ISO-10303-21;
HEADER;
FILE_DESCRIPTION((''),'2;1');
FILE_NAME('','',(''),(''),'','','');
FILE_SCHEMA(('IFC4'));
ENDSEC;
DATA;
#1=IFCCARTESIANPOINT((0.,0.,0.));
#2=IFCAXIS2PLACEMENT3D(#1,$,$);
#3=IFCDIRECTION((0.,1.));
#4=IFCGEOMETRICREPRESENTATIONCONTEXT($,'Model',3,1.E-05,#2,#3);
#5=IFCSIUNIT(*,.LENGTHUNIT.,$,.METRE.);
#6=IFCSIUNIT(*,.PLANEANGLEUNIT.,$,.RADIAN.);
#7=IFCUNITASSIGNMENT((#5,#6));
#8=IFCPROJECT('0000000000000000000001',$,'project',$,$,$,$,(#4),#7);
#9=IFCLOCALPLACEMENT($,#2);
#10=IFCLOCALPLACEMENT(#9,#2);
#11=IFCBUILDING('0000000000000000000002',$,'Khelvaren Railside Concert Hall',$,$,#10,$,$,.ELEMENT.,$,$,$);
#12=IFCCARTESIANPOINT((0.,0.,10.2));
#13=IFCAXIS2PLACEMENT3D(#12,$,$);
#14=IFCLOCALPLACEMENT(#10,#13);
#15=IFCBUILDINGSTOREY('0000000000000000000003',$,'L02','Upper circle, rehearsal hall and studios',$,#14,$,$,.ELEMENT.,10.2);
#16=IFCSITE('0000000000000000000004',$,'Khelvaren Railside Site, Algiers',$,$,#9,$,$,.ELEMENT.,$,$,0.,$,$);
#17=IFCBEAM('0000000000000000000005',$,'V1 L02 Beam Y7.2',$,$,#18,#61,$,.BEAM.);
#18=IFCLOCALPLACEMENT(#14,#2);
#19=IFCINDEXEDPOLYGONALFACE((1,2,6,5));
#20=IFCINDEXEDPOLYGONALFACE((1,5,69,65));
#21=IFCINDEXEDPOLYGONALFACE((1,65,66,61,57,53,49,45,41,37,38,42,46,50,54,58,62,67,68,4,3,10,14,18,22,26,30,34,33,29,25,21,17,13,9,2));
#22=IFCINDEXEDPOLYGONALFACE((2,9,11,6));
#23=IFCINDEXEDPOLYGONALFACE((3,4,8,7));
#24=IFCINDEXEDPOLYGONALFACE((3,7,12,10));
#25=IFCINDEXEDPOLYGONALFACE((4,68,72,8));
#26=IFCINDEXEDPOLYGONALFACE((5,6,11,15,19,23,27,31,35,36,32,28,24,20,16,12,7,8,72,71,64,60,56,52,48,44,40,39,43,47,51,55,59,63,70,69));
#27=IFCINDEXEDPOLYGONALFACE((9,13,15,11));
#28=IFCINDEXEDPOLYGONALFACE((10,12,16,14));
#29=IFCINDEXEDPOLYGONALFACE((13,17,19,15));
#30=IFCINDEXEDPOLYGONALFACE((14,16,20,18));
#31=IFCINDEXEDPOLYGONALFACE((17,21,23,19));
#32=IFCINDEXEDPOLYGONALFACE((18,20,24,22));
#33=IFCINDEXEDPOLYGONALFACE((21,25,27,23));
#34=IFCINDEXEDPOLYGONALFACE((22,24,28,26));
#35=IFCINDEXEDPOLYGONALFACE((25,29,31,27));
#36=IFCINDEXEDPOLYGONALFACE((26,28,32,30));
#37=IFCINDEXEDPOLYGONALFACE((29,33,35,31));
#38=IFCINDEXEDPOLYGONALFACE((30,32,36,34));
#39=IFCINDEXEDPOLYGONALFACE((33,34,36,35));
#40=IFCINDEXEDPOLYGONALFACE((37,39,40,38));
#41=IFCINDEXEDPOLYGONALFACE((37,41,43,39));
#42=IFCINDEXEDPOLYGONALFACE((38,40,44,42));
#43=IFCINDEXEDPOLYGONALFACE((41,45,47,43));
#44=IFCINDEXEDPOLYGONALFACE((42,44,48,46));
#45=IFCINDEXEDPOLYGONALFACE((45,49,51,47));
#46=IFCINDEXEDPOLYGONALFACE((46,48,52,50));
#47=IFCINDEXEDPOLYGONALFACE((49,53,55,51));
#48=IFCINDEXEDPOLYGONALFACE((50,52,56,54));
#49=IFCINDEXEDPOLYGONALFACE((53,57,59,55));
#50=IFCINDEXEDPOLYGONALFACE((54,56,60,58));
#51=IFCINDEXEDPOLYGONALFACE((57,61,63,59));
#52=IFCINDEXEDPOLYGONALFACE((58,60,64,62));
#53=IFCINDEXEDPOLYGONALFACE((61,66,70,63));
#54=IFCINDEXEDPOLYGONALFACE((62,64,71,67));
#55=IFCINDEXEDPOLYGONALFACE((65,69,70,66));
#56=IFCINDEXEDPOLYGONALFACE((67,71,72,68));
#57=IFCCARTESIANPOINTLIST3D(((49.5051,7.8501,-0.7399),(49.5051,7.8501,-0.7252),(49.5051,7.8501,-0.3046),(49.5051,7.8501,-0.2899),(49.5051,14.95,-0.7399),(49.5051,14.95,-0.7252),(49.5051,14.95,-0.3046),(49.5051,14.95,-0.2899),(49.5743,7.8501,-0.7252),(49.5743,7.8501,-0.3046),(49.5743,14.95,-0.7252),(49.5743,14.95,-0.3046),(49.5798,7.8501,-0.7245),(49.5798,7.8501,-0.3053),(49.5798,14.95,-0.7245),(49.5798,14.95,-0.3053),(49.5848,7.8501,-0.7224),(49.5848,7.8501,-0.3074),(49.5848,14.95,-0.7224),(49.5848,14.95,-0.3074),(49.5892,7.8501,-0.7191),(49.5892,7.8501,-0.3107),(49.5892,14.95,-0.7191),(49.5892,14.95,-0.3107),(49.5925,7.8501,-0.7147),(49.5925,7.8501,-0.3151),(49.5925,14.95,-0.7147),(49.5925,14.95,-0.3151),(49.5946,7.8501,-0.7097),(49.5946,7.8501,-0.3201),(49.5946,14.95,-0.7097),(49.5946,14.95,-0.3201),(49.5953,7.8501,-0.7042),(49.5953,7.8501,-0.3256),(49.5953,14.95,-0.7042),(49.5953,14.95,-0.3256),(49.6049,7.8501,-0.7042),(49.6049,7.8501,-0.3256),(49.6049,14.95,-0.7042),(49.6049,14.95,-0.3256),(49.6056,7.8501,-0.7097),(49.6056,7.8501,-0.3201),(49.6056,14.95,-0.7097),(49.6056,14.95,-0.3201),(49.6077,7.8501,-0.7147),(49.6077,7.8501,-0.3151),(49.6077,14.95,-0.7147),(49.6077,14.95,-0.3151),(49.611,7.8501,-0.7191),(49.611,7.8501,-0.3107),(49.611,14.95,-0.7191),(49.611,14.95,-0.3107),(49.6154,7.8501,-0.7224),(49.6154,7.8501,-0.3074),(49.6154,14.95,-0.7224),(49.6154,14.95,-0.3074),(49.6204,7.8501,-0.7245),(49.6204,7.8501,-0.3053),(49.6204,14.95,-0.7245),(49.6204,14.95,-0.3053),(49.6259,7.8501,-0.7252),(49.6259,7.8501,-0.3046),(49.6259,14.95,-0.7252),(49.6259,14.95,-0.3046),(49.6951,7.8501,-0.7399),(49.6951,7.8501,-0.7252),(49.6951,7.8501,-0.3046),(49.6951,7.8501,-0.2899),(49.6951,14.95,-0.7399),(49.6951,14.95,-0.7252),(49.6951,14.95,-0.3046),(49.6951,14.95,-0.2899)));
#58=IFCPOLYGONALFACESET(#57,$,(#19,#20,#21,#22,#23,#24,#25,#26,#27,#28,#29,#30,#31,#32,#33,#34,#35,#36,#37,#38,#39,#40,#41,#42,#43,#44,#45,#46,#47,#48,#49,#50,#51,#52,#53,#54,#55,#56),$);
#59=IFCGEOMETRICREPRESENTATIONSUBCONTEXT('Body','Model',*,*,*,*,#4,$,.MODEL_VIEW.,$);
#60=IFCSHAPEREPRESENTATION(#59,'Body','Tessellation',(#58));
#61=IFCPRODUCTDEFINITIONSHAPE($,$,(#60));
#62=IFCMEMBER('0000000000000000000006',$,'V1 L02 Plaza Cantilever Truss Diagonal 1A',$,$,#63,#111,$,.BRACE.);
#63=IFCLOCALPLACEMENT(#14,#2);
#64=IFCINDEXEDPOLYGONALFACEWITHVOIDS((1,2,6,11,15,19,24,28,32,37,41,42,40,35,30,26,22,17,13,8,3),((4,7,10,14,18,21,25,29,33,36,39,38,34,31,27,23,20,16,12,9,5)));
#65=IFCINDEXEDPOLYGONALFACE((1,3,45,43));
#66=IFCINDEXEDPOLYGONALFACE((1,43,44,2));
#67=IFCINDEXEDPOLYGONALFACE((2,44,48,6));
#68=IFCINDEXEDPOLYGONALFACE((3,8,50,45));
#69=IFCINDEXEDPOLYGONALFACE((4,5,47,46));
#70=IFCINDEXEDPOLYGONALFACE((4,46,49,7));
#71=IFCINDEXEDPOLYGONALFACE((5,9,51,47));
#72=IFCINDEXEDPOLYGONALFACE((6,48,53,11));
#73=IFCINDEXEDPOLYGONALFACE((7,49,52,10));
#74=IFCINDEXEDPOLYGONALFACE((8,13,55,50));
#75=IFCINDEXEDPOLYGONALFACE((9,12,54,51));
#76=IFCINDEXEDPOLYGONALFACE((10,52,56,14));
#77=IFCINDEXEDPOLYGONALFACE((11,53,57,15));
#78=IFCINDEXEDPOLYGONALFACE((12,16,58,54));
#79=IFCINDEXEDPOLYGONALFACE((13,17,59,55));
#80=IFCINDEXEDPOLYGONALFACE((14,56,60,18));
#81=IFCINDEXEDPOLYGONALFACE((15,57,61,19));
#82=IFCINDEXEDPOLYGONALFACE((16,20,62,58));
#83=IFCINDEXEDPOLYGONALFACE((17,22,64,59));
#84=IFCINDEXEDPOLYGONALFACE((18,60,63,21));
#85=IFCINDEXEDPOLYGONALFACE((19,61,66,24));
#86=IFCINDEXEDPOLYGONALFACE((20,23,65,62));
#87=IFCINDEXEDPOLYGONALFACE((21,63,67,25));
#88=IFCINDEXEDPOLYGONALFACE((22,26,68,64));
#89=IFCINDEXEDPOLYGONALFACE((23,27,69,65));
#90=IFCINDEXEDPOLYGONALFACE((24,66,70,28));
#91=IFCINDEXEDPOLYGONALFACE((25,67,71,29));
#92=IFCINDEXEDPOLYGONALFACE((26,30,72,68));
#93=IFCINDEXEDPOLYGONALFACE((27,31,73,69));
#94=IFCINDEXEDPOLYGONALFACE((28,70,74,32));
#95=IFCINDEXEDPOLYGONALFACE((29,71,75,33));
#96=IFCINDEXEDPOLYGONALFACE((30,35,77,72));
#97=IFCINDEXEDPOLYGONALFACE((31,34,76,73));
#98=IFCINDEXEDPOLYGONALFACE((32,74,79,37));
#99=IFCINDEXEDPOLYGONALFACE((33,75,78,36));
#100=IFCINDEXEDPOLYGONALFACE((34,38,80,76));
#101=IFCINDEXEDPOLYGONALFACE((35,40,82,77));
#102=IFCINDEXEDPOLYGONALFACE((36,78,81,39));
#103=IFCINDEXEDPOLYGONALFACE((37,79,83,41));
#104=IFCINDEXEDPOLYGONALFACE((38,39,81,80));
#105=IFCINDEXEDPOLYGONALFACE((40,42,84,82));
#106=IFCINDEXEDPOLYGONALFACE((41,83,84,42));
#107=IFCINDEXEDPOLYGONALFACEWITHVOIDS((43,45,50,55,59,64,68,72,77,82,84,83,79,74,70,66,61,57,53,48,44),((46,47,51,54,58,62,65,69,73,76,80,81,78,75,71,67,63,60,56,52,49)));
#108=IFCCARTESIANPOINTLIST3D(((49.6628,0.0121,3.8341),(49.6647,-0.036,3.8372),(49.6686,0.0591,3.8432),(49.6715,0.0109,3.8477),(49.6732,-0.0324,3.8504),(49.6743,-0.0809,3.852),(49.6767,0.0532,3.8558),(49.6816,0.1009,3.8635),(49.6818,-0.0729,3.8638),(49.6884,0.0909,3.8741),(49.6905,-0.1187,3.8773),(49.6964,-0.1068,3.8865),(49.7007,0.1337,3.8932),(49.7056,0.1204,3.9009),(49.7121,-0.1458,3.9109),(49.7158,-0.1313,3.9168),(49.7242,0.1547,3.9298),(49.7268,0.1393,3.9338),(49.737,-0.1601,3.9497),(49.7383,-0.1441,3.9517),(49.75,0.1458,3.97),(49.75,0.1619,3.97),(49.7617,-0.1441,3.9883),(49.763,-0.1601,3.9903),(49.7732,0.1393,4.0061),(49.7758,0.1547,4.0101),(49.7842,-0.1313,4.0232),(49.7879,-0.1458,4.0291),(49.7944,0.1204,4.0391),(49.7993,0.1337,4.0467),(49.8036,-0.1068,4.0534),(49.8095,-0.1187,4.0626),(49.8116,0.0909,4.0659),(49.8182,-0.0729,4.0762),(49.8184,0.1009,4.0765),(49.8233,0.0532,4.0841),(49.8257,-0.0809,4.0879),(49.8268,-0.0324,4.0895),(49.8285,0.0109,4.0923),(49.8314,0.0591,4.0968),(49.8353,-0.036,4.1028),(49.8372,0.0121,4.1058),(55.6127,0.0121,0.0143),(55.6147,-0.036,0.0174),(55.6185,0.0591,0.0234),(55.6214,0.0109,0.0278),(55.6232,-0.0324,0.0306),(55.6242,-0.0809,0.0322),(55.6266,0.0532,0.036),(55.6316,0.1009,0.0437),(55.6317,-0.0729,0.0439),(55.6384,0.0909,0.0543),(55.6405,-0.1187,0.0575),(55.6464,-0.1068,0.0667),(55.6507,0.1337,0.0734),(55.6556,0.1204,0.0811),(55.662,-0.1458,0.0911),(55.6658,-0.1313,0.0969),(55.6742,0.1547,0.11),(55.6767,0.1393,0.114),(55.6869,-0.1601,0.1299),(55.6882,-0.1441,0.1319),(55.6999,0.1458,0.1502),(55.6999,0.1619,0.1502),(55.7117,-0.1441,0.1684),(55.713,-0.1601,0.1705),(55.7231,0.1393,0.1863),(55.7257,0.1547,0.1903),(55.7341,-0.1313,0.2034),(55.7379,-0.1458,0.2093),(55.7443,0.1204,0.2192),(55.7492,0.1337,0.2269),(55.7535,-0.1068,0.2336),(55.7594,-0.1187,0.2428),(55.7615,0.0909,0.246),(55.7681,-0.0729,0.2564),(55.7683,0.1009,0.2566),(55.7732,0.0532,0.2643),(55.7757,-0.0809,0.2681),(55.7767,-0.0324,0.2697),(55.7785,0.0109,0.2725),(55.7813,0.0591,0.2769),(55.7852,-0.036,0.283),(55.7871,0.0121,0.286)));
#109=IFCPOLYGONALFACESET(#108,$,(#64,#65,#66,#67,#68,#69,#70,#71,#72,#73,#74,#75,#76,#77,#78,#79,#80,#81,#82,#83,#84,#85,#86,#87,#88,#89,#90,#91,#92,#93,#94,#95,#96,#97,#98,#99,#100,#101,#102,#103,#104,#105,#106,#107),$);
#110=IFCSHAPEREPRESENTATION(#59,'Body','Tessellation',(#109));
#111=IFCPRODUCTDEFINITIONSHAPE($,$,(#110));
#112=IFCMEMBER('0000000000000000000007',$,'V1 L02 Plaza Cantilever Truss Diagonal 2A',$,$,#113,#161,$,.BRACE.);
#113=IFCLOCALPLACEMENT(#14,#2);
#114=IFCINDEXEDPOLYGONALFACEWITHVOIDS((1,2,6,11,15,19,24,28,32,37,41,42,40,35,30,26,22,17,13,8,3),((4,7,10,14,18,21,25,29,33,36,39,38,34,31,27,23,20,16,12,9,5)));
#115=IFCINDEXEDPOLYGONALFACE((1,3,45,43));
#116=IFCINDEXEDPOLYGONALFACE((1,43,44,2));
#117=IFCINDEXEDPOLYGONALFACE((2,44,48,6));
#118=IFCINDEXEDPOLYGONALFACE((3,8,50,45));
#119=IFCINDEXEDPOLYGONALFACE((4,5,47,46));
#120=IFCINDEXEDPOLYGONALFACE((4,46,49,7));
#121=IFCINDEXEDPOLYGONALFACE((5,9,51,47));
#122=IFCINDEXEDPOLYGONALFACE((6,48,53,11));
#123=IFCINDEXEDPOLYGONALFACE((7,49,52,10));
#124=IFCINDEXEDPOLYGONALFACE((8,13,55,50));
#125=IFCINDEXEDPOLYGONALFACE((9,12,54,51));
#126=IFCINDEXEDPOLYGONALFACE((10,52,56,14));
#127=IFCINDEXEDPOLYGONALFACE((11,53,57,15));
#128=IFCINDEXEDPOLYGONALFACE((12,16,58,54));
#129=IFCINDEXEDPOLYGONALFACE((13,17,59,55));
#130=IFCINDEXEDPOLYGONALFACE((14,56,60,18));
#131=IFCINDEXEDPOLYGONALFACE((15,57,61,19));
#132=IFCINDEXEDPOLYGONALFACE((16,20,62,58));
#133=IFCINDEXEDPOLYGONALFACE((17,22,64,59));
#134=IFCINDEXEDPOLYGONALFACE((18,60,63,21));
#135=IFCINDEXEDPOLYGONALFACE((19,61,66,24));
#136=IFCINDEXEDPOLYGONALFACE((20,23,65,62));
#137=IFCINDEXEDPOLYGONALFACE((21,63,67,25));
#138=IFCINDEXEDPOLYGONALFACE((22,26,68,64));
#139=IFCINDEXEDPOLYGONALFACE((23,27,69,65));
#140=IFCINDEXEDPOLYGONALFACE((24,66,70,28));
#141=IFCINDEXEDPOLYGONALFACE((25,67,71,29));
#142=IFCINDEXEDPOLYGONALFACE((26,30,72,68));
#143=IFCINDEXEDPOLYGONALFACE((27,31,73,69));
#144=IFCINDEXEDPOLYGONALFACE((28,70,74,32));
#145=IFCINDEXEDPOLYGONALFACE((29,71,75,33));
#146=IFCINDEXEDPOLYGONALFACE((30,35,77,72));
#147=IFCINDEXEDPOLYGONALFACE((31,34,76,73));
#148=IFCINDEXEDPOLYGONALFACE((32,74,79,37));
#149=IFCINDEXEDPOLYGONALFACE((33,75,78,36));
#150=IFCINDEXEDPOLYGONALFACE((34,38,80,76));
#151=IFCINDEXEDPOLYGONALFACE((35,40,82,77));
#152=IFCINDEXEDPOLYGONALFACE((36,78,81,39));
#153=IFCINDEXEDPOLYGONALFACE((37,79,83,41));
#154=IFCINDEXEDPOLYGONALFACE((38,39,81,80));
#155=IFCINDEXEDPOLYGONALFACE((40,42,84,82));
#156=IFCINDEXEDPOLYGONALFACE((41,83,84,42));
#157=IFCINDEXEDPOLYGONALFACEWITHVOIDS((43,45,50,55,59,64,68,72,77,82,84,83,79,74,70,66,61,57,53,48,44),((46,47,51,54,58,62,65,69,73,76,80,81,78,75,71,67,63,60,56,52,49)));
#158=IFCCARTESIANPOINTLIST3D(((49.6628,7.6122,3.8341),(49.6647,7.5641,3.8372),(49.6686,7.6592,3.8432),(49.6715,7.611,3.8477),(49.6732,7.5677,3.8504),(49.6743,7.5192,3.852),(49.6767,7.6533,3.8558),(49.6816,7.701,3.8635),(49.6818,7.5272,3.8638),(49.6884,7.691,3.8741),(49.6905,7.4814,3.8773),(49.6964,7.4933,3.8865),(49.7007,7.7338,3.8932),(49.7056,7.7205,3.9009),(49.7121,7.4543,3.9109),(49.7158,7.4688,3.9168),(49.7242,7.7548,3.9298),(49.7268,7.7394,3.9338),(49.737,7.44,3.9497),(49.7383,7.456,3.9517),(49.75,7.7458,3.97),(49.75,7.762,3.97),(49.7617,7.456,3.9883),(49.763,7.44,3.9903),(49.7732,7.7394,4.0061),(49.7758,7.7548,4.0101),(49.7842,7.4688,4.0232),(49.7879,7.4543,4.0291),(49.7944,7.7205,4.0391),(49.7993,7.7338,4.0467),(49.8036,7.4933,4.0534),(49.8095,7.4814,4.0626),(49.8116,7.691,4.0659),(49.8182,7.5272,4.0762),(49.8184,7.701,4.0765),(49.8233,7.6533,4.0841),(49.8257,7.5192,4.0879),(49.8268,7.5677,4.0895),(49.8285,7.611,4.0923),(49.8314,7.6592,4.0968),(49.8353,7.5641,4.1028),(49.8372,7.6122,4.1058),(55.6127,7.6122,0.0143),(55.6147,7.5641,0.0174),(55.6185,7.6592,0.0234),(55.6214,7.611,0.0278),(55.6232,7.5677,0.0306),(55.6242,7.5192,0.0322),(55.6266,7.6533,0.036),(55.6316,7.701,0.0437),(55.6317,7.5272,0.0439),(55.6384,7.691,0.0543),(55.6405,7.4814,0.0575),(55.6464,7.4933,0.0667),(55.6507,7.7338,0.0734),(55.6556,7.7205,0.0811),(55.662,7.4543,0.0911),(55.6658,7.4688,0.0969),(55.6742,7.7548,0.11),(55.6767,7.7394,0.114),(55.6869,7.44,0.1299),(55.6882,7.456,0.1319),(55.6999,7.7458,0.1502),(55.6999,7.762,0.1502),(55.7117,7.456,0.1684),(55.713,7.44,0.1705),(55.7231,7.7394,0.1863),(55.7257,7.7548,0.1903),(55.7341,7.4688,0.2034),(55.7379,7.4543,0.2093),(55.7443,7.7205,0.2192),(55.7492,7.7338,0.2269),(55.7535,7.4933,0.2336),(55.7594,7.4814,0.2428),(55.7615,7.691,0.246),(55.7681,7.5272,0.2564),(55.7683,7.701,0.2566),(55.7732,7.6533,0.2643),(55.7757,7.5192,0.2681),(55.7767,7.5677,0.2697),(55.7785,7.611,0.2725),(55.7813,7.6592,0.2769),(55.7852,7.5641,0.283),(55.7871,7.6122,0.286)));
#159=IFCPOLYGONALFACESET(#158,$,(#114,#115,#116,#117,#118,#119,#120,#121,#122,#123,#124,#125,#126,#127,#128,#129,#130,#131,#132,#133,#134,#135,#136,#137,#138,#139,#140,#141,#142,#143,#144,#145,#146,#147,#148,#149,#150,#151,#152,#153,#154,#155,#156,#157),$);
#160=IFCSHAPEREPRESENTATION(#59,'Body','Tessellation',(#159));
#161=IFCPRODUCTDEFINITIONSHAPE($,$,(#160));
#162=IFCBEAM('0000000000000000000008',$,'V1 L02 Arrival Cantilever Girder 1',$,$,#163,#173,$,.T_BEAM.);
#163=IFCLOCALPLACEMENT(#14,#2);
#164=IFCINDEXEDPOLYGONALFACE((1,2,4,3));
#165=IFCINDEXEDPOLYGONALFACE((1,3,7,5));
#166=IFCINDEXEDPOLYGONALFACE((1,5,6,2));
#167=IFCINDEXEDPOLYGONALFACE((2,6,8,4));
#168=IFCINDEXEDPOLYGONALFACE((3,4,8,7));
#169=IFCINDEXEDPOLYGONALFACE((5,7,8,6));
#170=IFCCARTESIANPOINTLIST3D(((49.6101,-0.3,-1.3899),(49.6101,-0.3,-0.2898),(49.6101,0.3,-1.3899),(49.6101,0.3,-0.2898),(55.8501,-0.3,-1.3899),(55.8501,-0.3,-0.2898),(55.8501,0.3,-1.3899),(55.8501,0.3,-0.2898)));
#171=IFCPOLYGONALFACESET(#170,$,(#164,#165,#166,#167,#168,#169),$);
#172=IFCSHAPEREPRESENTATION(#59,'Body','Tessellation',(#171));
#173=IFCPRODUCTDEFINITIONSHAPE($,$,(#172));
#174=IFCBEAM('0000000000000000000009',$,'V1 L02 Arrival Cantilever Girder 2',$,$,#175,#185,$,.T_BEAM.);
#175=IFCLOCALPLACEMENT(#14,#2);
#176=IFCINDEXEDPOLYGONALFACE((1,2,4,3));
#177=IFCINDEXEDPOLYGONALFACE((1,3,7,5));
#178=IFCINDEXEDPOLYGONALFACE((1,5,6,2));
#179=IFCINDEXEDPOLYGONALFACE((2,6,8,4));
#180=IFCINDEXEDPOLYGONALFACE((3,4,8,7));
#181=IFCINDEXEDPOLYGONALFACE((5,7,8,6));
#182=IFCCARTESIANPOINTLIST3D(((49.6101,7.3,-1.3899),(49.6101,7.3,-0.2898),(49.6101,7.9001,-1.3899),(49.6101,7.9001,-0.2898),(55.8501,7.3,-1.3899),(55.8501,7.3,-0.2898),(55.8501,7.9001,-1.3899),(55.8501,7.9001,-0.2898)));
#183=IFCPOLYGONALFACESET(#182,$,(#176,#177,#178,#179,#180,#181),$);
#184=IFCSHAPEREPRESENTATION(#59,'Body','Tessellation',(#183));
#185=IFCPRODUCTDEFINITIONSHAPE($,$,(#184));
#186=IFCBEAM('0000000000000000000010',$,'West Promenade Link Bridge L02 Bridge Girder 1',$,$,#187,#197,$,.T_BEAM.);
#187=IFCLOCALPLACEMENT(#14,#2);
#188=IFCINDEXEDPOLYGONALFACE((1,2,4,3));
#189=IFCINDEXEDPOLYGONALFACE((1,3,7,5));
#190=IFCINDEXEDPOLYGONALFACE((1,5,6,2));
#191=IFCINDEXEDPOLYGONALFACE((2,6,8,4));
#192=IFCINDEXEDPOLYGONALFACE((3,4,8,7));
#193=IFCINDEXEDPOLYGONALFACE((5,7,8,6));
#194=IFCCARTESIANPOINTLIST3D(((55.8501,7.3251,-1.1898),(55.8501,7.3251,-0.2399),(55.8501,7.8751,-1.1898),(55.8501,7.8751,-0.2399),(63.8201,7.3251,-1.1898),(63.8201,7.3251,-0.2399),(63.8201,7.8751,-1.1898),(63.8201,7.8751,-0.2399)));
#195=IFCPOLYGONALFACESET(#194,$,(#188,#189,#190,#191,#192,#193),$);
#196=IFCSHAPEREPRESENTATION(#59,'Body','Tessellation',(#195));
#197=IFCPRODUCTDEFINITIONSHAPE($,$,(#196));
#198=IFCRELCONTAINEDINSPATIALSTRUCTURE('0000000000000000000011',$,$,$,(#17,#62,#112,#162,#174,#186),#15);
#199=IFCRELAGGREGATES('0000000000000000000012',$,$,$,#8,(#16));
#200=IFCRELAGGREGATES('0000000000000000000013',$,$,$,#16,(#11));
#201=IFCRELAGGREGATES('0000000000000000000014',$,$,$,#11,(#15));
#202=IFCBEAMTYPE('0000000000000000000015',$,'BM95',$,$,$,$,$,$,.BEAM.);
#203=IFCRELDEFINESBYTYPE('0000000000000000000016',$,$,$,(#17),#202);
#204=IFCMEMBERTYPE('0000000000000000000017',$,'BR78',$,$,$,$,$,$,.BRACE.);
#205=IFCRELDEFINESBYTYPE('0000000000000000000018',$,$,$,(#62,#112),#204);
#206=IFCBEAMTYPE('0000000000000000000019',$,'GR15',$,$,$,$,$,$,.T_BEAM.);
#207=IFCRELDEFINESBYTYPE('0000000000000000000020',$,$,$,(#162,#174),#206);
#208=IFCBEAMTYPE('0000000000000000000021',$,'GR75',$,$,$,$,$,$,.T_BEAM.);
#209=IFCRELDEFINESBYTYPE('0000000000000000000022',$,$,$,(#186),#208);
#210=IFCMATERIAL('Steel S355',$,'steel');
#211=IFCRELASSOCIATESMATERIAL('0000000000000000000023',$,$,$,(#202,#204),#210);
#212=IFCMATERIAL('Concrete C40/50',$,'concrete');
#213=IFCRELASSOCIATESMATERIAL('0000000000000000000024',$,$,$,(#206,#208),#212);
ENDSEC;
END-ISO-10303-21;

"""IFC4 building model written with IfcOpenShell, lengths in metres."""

from ifc_helpers import new_model, si_unit, direction, frame, origin, origin_2d, place, context, subcontext, project, spatial, rectangle, hollow_circle, i_section, extrude, material, material_profile, profile_set, type_object, element, save


model = new_model("IFC4")

# Units and contexts
model_context = context("Model", 3, precision=1e-05, world=origin(), true_north=direction((0.0, 1.0)))
body_context = subcontext(model_context, "Body", "Model", "MODEL_VIEW")
ifc_project = project(units=[si_unit("LENGTHUNIT", "METRE"), si_unit("PLANEANGLEUNIT", "RADIAN")], contexts=[model_context])

# Site, building, storey
site_placement = place(None, origin())
site = spatial("IfcSite", under=ifc_project, at=site_placement, Name="Khelvaren Railside Site, Algiers", CompositionType="ELEMENT", RefElevation=0.0)
building_placement = place(site_placement, origin())
building = spatial("IfcBuilding", under=site, at=building_placement, Name="Khelvaren Railside Concert Hall", CompositionType="ELEMENT")
storey_placement = place(building_placement, frame((0.0, 0.0, 10.2)))
storey = spatial("IfcBuildingStorey", under=building, at=storey_placement, Name="L02", Description="Upper circle, rehearsal hall and studios", CompositionType="ELEMENT", Elevation=10.2)

# Shared definitions
ifc_material_1 = material(Name="Steel S355", Category="steel")

# Beam
ifc_material_profile_1 = material_profile(ifc_material_1, i_section(OverallWidth=0.1899, OverallDepth=0.45, WebThickness=0.0095, FlangeThickness=0.0146, FilletRadius=0.021, at=origin_2d()), Name="IPE 450")
ifc_profile_set_1 = profile_set([ifc_material_profile_1], Name="Steel S355")
beam_type_1 = type_object("IfcBeamType", Name="BM95", PredefinedType="BEAM", material=ifc_profile_set_1)
beam_1_placement = place(storey_placement, frame((49.6001, 7.8501, -0.5149), z_axis=(0.0, 1.0, 0.0), x_axis=(-1.0, 0.0, 0.0)))
element("IfcBeam", 1, at=beam_1_placement, inside=storey, type_object=beam_type_1, Name="V1 L02 Beam Y7.2", PredefinedType="BEAM", context=body_context, shape_type="SweptSolid", body=[
    extrude(i_section(OverallWidth=0.1899, OverallDepth=0.45, WebThickness=0.0095, FlangeThickness=0.0146, FilletRadius=0.021, at=origin_2d()), origin(), (0.0, 0.0, 1.0), 7.0999),
])

# Members
ifc_material_profile_2 = material_profile(ifc_material_1, hollow_circle(Radius=0.1619, WallThickness=0.0161, at=origin_2d()), Name="CHS 323.9x16")
ifc_profile_set_2 = profile_set([ifc_material_profile_2], Name="Steel S355")
member_type = type_object("IfcMemberType", Name="BR78", PredefinedType="BRACE", material=ifc_profile_set_2)
for number, where, z_axis, x_axis, name in (
    (2, (49.75, 0.0, 3.97), (0.841509, 0.0, -0.540243), (0.0, 1.0, 0.0), "V1 L02 Plaza Cantilever Truss Diagonal 1A"),
    (3, (49.75, 7.6001, 3.97), (0.841509, 0.0, -0.540243), (0.0, 1.0, 0.0), "V1 L02 Plaza Cantilever Truss Diagonal 2A"),
):
    element("IfcMember", number, at=place(storey_placement, frame(where, z_axis=z_axis, x_axis=x_axis)), inside=storey, type_object=member_type, Name=name, PredefinedType="BRACE", context=body_context, shape_type="SweptSolid", body=[
        extrude(hollow_circle(Radius=0.1619, WallThickness=0.0161, at=origin_2d()), origin(), (0.0, 0.0, 1.0), 7.0706),
    ])

# Beams
ifc_material_2 = material(Name="Concrete C40/50", Category="concrete")
ifc_material_profile_3 = material_profile(ifc_material_2, rectangle(XDim=0.6001, YDim=1.1001, at=origin_2d()), Name="RCB 600x1100")
ifc_profile_set_3 = profile_set([ifc_material_profile_3], Name="Concrete C40/50")
beam_type_2 = type_object("IfcBeamType", Name="GR15", PredefinedType="T_BEAM", material=ifc_profile_set_3)
for number, where, z_axis, x_axis, name in (
    (4, (49.6101, 0.0, -0.8398), (1.0, 0.0, 0.0), (0.0, 1.0, 0.0), "V1 L02 Arrival Cantilever Girder 1"),
    (5, (49.6101, 7.6001, -0.8398), (1.0, 0.0, 0.0), (0.0, 1.0, 0.0), "V1 L02 Arrival Cantilever Girder 2"),
):
    element("IfcBeam", number, at=place(storey_placement, frame(where, z_axis=z_axis, x_axis=x_axis)), inside=storey, type_object=beam_type_2, Name=name, PredefinedType="T_BEAM", context=body_context, shape_type="SweptSolid", body=[
        extrude(rectangle(XDim=0.6001, YDim=1.1001, at=origin_2d()), origin(), (0.0, 0.0, 1.0), 6.24),
    ])
ifc_material_profile_4 = material_profile(ifc_material_2, rectangle(XDim=0.55, YDim=0.95, at=origin_2d()), Name="RCB 550x950")
ifc_profile_set_4 = profile_set([ifc_material_profile_4], Name="Concrete C40/50")
beam_type_3 = type_object("IfcBeamType", Name="GR75", PredefinedType="T_BEAM", material=ifc_profile_set_4)
beam_2_placement = place(storey_placement, frame((55.8501, 7.6001, -0.7148), z_axis=(1.0, 0.0, 0.0), x_axis=(0.0, 1.0, 0.0)))
element("IfcBeam", 6, at=beam_2_placement, inside=storey, type_object=beam_type_3, Name="West Promenade Link Bridge L02 Bridge Girder 1", PredefinedType="T_BEAM", context=body_context, shape_type="SweptSolid", body=[
    extrude(rectangle(XDim=0.55, YDim=0.95, at=origin_2d()), origin(), (0.0, 0.0, 1.0), 7.97),
])

save(model, "model.ifc")
